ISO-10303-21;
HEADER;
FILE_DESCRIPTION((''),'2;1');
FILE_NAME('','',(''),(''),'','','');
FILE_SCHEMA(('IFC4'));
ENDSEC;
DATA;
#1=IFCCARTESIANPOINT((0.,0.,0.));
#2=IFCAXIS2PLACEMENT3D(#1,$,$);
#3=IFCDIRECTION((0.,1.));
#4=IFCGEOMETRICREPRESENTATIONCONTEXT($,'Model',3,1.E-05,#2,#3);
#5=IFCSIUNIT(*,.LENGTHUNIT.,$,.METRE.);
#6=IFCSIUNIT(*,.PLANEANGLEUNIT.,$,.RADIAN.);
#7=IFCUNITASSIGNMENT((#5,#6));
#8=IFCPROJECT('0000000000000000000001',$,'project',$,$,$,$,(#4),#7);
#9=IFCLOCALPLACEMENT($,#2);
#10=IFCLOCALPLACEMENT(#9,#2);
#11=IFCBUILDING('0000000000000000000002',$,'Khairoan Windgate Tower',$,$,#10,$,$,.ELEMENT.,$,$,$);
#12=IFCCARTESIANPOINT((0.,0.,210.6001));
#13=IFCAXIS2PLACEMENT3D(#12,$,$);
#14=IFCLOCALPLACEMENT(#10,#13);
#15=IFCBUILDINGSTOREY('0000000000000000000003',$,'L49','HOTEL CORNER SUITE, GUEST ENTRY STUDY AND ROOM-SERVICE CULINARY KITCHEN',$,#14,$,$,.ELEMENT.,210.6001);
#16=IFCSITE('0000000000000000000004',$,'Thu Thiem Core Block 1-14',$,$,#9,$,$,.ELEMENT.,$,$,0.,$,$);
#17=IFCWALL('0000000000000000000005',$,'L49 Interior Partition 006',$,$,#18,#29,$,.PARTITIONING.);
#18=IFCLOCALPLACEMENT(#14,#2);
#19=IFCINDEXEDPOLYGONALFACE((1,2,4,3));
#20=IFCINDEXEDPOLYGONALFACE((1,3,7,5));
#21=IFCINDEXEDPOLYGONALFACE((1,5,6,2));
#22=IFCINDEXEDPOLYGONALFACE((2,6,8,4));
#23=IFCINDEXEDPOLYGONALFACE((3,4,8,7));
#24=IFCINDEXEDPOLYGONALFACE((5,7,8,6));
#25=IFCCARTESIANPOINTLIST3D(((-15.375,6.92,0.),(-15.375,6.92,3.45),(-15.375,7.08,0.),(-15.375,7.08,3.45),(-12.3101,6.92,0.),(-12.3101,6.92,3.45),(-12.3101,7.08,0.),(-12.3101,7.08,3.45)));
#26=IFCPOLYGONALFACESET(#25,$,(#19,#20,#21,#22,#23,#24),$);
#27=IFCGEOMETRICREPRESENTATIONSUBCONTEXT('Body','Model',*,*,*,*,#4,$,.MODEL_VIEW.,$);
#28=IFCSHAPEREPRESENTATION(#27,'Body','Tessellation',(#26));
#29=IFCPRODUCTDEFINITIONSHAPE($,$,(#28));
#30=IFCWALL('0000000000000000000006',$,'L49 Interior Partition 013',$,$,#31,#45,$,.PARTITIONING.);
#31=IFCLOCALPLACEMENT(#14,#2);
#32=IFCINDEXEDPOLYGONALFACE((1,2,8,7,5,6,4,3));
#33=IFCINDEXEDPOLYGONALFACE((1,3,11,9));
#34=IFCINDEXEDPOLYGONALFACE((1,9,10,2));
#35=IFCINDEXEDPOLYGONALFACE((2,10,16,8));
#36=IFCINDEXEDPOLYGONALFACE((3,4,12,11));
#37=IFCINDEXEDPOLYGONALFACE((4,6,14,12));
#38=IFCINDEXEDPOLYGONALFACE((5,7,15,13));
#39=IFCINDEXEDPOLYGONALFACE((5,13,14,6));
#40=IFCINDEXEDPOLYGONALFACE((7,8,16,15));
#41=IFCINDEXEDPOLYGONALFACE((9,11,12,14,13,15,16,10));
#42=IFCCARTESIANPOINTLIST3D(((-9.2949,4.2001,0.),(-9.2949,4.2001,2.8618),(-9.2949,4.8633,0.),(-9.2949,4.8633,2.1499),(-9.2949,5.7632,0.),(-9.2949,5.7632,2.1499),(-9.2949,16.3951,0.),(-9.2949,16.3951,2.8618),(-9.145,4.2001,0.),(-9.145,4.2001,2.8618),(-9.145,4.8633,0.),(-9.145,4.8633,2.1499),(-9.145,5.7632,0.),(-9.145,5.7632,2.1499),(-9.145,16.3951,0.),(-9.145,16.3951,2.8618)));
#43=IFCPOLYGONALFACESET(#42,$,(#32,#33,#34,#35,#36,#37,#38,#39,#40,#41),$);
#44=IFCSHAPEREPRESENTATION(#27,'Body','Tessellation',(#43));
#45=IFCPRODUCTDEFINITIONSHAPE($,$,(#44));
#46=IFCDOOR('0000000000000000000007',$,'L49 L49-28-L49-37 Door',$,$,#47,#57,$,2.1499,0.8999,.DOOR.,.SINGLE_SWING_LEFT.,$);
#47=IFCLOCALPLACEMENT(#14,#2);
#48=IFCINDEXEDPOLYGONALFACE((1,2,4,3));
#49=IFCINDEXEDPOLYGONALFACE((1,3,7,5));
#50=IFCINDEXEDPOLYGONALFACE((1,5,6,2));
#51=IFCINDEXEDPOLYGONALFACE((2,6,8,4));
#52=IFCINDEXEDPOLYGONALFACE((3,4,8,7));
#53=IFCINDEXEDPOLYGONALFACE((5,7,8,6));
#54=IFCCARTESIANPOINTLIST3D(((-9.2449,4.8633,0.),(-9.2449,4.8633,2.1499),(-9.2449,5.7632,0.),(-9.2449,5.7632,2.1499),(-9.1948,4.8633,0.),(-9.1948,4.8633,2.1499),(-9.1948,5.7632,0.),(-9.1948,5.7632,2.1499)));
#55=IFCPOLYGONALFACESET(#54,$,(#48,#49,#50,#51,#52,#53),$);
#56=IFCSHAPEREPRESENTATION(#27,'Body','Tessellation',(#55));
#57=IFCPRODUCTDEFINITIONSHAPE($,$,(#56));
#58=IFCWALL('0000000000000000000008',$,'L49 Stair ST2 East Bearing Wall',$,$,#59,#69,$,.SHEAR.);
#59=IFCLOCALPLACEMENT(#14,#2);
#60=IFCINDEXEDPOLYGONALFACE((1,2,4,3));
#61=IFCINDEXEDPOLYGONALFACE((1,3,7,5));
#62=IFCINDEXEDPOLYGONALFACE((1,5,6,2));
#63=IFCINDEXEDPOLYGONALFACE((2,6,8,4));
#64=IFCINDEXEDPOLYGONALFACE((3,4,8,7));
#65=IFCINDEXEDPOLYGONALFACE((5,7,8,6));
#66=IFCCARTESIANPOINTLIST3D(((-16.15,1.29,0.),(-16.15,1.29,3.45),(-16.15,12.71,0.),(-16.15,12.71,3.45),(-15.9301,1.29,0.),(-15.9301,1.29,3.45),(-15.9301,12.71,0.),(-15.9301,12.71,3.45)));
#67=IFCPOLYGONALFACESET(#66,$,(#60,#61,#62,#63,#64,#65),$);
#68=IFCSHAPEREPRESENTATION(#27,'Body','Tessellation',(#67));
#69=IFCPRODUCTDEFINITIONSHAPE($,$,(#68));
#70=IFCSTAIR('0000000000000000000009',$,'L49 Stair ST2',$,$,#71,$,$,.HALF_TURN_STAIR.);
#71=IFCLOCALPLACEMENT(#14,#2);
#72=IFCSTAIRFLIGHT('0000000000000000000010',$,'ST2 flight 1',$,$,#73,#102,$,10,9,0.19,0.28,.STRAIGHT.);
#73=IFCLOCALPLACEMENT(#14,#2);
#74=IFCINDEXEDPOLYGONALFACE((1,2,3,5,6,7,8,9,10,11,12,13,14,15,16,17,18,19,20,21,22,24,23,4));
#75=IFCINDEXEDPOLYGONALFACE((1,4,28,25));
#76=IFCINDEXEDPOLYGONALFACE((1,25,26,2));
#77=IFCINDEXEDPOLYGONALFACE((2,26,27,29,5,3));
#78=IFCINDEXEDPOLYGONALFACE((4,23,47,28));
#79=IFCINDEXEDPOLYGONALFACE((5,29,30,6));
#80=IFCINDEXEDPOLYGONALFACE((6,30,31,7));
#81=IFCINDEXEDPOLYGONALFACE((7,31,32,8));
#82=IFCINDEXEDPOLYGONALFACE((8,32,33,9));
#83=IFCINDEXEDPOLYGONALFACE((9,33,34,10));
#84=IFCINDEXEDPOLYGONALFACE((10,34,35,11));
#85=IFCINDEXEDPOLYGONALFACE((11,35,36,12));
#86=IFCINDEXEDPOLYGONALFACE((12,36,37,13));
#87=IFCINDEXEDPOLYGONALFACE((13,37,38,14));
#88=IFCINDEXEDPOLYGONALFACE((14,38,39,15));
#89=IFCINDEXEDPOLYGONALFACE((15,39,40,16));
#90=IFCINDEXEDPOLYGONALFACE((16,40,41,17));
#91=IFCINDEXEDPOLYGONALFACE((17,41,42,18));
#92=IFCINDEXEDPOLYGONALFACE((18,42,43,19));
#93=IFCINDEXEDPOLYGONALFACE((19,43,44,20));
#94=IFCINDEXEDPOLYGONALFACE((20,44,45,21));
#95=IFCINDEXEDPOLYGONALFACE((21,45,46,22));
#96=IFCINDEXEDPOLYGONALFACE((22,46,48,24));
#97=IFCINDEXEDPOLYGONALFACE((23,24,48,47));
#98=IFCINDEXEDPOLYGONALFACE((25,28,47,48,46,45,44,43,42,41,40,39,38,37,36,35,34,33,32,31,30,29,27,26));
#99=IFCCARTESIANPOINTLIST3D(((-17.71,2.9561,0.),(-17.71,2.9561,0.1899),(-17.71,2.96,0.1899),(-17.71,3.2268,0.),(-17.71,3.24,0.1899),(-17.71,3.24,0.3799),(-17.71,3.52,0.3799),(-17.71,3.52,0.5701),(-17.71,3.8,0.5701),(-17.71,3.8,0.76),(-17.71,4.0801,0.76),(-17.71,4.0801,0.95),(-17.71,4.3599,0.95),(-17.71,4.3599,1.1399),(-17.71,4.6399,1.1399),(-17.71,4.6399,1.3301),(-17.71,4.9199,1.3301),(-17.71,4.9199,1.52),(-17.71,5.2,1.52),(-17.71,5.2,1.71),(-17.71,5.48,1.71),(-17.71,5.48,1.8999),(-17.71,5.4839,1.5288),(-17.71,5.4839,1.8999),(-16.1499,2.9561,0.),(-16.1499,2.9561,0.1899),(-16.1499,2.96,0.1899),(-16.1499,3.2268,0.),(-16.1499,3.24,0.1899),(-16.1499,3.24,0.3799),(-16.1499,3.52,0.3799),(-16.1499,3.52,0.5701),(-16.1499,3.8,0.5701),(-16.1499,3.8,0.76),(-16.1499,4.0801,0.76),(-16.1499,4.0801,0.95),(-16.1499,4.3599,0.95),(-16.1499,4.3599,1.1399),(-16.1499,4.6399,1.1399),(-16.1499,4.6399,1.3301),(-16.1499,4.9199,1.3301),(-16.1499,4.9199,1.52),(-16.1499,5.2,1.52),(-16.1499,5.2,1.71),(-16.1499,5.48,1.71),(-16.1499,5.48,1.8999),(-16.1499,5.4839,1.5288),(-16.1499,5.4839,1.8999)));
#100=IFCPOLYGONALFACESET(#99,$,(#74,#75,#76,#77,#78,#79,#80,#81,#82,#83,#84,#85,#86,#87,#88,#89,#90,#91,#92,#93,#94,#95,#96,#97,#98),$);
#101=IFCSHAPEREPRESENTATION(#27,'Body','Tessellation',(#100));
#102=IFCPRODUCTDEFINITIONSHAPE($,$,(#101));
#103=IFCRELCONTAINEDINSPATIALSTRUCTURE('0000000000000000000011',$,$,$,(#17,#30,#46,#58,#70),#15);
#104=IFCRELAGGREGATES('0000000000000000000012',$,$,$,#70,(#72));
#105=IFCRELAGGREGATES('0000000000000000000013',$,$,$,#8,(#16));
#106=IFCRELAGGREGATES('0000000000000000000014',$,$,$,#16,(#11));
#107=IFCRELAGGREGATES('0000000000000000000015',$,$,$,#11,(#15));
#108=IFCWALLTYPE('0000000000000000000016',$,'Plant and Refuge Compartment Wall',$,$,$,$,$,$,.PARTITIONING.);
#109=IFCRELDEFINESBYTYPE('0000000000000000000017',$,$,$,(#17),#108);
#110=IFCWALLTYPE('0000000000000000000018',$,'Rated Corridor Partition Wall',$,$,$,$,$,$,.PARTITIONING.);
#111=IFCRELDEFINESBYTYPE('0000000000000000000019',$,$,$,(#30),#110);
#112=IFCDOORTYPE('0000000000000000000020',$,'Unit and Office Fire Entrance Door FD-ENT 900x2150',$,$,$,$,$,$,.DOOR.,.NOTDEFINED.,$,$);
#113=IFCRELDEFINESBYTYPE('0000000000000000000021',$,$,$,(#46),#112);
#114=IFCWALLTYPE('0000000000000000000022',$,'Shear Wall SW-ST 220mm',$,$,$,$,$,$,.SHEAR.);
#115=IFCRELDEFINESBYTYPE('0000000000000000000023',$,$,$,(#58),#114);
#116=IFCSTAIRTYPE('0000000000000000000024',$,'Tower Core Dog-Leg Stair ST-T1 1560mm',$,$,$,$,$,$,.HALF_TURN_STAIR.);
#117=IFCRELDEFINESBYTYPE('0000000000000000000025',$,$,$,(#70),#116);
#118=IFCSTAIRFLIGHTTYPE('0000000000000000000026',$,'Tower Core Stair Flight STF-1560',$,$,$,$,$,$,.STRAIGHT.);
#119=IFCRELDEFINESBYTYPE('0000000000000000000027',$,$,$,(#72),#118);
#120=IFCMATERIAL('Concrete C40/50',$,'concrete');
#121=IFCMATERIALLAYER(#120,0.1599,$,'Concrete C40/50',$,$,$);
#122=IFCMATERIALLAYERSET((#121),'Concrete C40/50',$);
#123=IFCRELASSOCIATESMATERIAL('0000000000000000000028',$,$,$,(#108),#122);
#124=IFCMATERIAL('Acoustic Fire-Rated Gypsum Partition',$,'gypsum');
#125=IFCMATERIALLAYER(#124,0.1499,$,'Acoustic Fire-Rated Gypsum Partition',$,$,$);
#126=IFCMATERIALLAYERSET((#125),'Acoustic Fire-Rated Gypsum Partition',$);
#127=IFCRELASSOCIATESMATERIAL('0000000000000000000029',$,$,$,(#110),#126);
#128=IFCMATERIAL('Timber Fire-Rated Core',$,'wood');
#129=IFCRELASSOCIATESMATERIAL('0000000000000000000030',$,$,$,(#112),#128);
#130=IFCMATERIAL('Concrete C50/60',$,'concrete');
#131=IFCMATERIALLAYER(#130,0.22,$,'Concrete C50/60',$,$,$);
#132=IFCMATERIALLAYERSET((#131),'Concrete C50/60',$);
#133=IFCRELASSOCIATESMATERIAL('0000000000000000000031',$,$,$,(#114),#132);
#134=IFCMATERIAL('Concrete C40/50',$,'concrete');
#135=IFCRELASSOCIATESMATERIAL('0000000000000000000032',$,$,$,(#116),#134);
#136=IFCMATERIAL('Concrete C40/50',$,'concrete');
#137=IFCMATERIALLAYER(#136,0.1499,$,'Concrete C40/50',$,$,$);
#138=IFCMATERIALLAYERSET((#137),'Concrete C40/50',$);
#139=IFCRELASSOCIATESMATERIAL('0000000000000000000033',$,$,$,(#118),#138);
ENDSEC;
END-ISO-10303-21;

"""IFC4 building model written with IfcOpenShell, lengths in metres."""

from ifc_helpers import new_model, si_unit, direction, frame, frame_2d, origin, place, context, subcontext, project, spatial, polyline, rectangle, outline, extrude, material, layer, layer_set, type_object, element, fill, aggregate, save


model = new_model("IFC4")

# Units and contexts
model_context = context("Model", 3, precision=1e-05, world=origin(), true_north=direction((0.0, 1.0)))
body_context = subcontext(model_context, "Body", "Model", "MODEL_VIEW")
ifc_project = project(units=[si_unit("LENGTHUNIT", "METRE"), si_unit("PLANEANGLEUNIT", "RADIAN")], contexts=[model_context])

# Site, building, storey
site_placement = place(None, origin())
site = spatial("IfcSite", under=ifc_project, at=site_placement, Name="Thu Thiem Core Block 1-14", CompositionType="ELEMENT", RefElevation=0.0)
building_placement = place(site_placement, origin())
building = spatial("IfcBuilding", under=site, at=building_placement, Name="Khairoan Windgate Tower", CompositionType="ELEMENT")
storey_placement = place(building_placement, frame((0.0, 0.0, 210.6001)))
storey = spatial("IfcBuildingStorey", under=building, at=storey_placement, Name="L49", Description="HOTEL CORNER SUITE, GUEST ENTRY STUDY AND ROOM-SERVICE CULINARY KITCHEN", CompositionType="ELEMENT", Elevation=210.6001)

# Wall
ifc_material_1 = material(Name="Concrete C40/50", Category="concrete")
ifc_layer_1 = layer(ifc_material_1, 0.1599, Name="Concrete C40/50")
ifc_layer_set_1 = layer_set([ifc_layer_1], Name="Concrete C40/50")
wall_type_1 = type_object("IfcWallType", Name="Plant and Refuge Compartment Wall", PredefinedType="PARTITIONING", material=ifc_layer_set_1)
wall_1_placement = place(storey_placement, frame((-15.375, 7.0, 0.0), z_axis=(0.0, 0.0, 1.0), x_axis=(1.0, 0.0, 0.0)))
element("IfcWall", 1, at=wall_1_placement, inside=storey, type_object=wall_type_1, Name="L49 Interior Partition 006", PredefinedType="PARTITIONING", context=body_context, shape_type="SweptSolid", body=[
    extrude(rectangle(XDim=3.0649, YDim=0.1599, at=frame_2d((1.5325, 0.0))), origin(), (0.0, 0.0, 1.0), 3.45),
])

# Wall, opening, door
ifc_material_2 = material(Name="Acoustic Fire-Rated Gypsum Partition", Category="gypsum")
ifc_layer_2 = layer(ifc_material_2, 0.1499, Name="Acoustic Fire-Rated Gypsum Partition")
ifc_layer_set_2 = layer_set([ifc_layer_2], Name="Acoustic Fire-Rated Gypsum Partition")
wall_type_2 = type_object("IfcWallType", Name="Rated Corridor Partition Wall", PredefinedType="PARTITIONING", material=ifc_layer_set_2)
wall_2_placement = place(storey_placement, frame((-9.22, 4.2, 0.0), z_axis=(0.0, 0.0, 1.0), x_axis=(0.0, 1.0, 0.0)))
wall_2 = element("IfcWall", 2, at=wall_2_placement, inside=storey, type_object=wall_type_2, Name="L49 Interior Partition 013", PredefinedType="PARTITIONING", context=body_context, shape_type="SweptSolid", body=[
    extrude(rectangle(XDim=12.1951, YDim=0.1499, at=frame_2d((6.0977, 0.0))), origin(), (0.0, 0.0, 1.0), 2.8618),
])
opening_placement = place(wall_2_placement, frame((0.6633, 0.0, 0.0)))
opening = element("IfcOpeningElement", 3, at=opening_placement, cuts=wall_2, PredefinedType="OPENING", context=body_context, shape_type="SweptSolid", body=[
    extrude(rectangle(XDim=0.8999, YDim=2.1499, at=frame_2d((0.45, 1.075))), frame((0.0, 0.085, 0.0), z_axis=(0.0, -1.0, 0.0), x_axis=(1.0, 0.0, 0.0)), (0.0, 0.0, 1.0), 0.1699),
])
ifc_material_3 = material(Name="Timber Fire-Rated Core", Category="wood")
door_type = type_object("IfcDoorType", Name="Unit and Office Fire Entrance Door FD-ENT 900x2150", OperationType="NOTDEFINED", PredefinedType="DOOR", material=ifc_material_3)
door_placement = place(opening_placement, origin())
door = element("IfcDoor", 4, at=door_placement, inside=storey, type_object=door_type, Name="L49 L49-28-L49-37 Door", OperationType="SINGLE_SWING_LEFT", OverallHeight=2.1499, OverallWidth=0.8999, PredefinedType="DOOR", context=body_context, shape_type="SweptSolid", body=[
    extrude(rectangle(XDim=0.8999, YDim=2.1499, at=frame_2d((0.45, 1.075))), frame((0.0, 0.0249, 0.0), z_axis=(0.0, -1.0, 0.0), x_axis=(1.0, 0.0, 0.0)), (0.0, 0.0, 1.0), 0.05),
])
fill(opening, door)

# Wall
ifc_material_4 = material(Name="Concrete C50/60", Category="concrete")
ifc_layer_3 = layer(ifc_material_4, 0.22, Name="Concrete C50/60")
ifc_layer_set_3 = layer_set([ifc_layer_3], Name="Concrete C50/60")
wall_type_3 = type_object("IfcWallType", Name="Shear Wall SW-ST 220mm", PredefinedType="SHEAR", material=ifc_layer_set_3)
wall_3_placement = place(storey_placement, frame((-16.04, 1.29, 0.0), z_axis=(0.0, 0.0, 1.0), x_axis=(0.0, 1.0, 0.0)))
element("IfcWall", 5, at=wall_3_placement, inside=storey, type_object=wall_type_3, Name="L49 Stair ST2 East Bearing Wall", PredefinedType="SHEAR", context=body_context, shape_type="SweptSolid", body=[
    extrude(rectangle(XDim=11.4199, YDim=0.22, at=frame_2d((5.71, 0.0))), origin(), (0.0, 0.0, 1.0), 3.45),
])

# Stair, stair flight
ifc_material_5 = material(Name="Concrete C40/50", Category="concrete")
stair_type = type_object("IfcStairType", Name="Tower Core Dog-Leg Stair ST-T1 1560mm", PredefinedType="HALF_TURN_STAIR", material=ifc_material_5)
stair_placement = place(storey_placement, origin())
stair = element("IfcStair", 6, at=stair_placement, inside=storey, type_object=stair_type, Name="L49 Stair ST2", PredefinedType="HALF_TURN_STAIR")
ifc_material_6 = material(Name="Concrete C40/50", Category="concrete")
ifc_layer_4 = layer(ifc_material_6, 0.1499, Name="Concrete C40/50")
ifc_layer_set_4 = layer_set([ifc_layer_4], Name="Concrete C40/50")
stair_flight_type = type_object("IfcStairFlightType", Name="Tower Core Stair Flight STF-1560", PredefinedType="STRAIGHT", material=ifc_layer_set_4)
stair_flight_placement = place(storey_placement, frame((-16.9299, 2.96, 0.0), z_axis=(0.0, 0.0, 1.0), x_axis=(0.0, 1.0, 0.0)))
stair_flight = element("IfcStairFlight", 7, at=stair_flight_placement, type_object=stair_flight_type, Name="ST2 flight 1", NumberOfRisers=10, NumberOfTreads=9, PredefinedType="STRAIGHT", RiserHeight=0.19, TreadLength=0.28, context=body_context, shape_type="SweptSolid", body=[
    extrude(outline(polyline([(-0.0039, 0.0), (-0.0039, 0.1899), (0.0, 0.1899), (0.28, 0.1899), (0.28, 0.3799), (0.5601, 0.3799), (0.5601, 0.5701), (0.8401, 0.5701), (0.8401, 0.76), (1.1201, 0.76), (1.1201, 0.95), (1.3999, 0.95), (1.3999, 1.1399), (1.6799, 1.1399), (1.6799, 1.3301), (1.96, 1.3301), (1.96, 1.52), (2.24, 1.52), (2.24, 1.71), (2.52, 1.71), (2.52, 1.8999), (2.5239, 1.8999), (2.5239, 1.5288), (0.2668, 0.0), (-0.0039, 0.0)])), frame((0.0, 0.78, 0.0), z_axis=(0.0, -1.0, 0.0), x_axis=(1.0, 0.0, 0.0)), (0.0, 0.0, 1.0), 1.5601),
])
aggregate(stair, [stair_flight])

save(model, "model.ifc")
